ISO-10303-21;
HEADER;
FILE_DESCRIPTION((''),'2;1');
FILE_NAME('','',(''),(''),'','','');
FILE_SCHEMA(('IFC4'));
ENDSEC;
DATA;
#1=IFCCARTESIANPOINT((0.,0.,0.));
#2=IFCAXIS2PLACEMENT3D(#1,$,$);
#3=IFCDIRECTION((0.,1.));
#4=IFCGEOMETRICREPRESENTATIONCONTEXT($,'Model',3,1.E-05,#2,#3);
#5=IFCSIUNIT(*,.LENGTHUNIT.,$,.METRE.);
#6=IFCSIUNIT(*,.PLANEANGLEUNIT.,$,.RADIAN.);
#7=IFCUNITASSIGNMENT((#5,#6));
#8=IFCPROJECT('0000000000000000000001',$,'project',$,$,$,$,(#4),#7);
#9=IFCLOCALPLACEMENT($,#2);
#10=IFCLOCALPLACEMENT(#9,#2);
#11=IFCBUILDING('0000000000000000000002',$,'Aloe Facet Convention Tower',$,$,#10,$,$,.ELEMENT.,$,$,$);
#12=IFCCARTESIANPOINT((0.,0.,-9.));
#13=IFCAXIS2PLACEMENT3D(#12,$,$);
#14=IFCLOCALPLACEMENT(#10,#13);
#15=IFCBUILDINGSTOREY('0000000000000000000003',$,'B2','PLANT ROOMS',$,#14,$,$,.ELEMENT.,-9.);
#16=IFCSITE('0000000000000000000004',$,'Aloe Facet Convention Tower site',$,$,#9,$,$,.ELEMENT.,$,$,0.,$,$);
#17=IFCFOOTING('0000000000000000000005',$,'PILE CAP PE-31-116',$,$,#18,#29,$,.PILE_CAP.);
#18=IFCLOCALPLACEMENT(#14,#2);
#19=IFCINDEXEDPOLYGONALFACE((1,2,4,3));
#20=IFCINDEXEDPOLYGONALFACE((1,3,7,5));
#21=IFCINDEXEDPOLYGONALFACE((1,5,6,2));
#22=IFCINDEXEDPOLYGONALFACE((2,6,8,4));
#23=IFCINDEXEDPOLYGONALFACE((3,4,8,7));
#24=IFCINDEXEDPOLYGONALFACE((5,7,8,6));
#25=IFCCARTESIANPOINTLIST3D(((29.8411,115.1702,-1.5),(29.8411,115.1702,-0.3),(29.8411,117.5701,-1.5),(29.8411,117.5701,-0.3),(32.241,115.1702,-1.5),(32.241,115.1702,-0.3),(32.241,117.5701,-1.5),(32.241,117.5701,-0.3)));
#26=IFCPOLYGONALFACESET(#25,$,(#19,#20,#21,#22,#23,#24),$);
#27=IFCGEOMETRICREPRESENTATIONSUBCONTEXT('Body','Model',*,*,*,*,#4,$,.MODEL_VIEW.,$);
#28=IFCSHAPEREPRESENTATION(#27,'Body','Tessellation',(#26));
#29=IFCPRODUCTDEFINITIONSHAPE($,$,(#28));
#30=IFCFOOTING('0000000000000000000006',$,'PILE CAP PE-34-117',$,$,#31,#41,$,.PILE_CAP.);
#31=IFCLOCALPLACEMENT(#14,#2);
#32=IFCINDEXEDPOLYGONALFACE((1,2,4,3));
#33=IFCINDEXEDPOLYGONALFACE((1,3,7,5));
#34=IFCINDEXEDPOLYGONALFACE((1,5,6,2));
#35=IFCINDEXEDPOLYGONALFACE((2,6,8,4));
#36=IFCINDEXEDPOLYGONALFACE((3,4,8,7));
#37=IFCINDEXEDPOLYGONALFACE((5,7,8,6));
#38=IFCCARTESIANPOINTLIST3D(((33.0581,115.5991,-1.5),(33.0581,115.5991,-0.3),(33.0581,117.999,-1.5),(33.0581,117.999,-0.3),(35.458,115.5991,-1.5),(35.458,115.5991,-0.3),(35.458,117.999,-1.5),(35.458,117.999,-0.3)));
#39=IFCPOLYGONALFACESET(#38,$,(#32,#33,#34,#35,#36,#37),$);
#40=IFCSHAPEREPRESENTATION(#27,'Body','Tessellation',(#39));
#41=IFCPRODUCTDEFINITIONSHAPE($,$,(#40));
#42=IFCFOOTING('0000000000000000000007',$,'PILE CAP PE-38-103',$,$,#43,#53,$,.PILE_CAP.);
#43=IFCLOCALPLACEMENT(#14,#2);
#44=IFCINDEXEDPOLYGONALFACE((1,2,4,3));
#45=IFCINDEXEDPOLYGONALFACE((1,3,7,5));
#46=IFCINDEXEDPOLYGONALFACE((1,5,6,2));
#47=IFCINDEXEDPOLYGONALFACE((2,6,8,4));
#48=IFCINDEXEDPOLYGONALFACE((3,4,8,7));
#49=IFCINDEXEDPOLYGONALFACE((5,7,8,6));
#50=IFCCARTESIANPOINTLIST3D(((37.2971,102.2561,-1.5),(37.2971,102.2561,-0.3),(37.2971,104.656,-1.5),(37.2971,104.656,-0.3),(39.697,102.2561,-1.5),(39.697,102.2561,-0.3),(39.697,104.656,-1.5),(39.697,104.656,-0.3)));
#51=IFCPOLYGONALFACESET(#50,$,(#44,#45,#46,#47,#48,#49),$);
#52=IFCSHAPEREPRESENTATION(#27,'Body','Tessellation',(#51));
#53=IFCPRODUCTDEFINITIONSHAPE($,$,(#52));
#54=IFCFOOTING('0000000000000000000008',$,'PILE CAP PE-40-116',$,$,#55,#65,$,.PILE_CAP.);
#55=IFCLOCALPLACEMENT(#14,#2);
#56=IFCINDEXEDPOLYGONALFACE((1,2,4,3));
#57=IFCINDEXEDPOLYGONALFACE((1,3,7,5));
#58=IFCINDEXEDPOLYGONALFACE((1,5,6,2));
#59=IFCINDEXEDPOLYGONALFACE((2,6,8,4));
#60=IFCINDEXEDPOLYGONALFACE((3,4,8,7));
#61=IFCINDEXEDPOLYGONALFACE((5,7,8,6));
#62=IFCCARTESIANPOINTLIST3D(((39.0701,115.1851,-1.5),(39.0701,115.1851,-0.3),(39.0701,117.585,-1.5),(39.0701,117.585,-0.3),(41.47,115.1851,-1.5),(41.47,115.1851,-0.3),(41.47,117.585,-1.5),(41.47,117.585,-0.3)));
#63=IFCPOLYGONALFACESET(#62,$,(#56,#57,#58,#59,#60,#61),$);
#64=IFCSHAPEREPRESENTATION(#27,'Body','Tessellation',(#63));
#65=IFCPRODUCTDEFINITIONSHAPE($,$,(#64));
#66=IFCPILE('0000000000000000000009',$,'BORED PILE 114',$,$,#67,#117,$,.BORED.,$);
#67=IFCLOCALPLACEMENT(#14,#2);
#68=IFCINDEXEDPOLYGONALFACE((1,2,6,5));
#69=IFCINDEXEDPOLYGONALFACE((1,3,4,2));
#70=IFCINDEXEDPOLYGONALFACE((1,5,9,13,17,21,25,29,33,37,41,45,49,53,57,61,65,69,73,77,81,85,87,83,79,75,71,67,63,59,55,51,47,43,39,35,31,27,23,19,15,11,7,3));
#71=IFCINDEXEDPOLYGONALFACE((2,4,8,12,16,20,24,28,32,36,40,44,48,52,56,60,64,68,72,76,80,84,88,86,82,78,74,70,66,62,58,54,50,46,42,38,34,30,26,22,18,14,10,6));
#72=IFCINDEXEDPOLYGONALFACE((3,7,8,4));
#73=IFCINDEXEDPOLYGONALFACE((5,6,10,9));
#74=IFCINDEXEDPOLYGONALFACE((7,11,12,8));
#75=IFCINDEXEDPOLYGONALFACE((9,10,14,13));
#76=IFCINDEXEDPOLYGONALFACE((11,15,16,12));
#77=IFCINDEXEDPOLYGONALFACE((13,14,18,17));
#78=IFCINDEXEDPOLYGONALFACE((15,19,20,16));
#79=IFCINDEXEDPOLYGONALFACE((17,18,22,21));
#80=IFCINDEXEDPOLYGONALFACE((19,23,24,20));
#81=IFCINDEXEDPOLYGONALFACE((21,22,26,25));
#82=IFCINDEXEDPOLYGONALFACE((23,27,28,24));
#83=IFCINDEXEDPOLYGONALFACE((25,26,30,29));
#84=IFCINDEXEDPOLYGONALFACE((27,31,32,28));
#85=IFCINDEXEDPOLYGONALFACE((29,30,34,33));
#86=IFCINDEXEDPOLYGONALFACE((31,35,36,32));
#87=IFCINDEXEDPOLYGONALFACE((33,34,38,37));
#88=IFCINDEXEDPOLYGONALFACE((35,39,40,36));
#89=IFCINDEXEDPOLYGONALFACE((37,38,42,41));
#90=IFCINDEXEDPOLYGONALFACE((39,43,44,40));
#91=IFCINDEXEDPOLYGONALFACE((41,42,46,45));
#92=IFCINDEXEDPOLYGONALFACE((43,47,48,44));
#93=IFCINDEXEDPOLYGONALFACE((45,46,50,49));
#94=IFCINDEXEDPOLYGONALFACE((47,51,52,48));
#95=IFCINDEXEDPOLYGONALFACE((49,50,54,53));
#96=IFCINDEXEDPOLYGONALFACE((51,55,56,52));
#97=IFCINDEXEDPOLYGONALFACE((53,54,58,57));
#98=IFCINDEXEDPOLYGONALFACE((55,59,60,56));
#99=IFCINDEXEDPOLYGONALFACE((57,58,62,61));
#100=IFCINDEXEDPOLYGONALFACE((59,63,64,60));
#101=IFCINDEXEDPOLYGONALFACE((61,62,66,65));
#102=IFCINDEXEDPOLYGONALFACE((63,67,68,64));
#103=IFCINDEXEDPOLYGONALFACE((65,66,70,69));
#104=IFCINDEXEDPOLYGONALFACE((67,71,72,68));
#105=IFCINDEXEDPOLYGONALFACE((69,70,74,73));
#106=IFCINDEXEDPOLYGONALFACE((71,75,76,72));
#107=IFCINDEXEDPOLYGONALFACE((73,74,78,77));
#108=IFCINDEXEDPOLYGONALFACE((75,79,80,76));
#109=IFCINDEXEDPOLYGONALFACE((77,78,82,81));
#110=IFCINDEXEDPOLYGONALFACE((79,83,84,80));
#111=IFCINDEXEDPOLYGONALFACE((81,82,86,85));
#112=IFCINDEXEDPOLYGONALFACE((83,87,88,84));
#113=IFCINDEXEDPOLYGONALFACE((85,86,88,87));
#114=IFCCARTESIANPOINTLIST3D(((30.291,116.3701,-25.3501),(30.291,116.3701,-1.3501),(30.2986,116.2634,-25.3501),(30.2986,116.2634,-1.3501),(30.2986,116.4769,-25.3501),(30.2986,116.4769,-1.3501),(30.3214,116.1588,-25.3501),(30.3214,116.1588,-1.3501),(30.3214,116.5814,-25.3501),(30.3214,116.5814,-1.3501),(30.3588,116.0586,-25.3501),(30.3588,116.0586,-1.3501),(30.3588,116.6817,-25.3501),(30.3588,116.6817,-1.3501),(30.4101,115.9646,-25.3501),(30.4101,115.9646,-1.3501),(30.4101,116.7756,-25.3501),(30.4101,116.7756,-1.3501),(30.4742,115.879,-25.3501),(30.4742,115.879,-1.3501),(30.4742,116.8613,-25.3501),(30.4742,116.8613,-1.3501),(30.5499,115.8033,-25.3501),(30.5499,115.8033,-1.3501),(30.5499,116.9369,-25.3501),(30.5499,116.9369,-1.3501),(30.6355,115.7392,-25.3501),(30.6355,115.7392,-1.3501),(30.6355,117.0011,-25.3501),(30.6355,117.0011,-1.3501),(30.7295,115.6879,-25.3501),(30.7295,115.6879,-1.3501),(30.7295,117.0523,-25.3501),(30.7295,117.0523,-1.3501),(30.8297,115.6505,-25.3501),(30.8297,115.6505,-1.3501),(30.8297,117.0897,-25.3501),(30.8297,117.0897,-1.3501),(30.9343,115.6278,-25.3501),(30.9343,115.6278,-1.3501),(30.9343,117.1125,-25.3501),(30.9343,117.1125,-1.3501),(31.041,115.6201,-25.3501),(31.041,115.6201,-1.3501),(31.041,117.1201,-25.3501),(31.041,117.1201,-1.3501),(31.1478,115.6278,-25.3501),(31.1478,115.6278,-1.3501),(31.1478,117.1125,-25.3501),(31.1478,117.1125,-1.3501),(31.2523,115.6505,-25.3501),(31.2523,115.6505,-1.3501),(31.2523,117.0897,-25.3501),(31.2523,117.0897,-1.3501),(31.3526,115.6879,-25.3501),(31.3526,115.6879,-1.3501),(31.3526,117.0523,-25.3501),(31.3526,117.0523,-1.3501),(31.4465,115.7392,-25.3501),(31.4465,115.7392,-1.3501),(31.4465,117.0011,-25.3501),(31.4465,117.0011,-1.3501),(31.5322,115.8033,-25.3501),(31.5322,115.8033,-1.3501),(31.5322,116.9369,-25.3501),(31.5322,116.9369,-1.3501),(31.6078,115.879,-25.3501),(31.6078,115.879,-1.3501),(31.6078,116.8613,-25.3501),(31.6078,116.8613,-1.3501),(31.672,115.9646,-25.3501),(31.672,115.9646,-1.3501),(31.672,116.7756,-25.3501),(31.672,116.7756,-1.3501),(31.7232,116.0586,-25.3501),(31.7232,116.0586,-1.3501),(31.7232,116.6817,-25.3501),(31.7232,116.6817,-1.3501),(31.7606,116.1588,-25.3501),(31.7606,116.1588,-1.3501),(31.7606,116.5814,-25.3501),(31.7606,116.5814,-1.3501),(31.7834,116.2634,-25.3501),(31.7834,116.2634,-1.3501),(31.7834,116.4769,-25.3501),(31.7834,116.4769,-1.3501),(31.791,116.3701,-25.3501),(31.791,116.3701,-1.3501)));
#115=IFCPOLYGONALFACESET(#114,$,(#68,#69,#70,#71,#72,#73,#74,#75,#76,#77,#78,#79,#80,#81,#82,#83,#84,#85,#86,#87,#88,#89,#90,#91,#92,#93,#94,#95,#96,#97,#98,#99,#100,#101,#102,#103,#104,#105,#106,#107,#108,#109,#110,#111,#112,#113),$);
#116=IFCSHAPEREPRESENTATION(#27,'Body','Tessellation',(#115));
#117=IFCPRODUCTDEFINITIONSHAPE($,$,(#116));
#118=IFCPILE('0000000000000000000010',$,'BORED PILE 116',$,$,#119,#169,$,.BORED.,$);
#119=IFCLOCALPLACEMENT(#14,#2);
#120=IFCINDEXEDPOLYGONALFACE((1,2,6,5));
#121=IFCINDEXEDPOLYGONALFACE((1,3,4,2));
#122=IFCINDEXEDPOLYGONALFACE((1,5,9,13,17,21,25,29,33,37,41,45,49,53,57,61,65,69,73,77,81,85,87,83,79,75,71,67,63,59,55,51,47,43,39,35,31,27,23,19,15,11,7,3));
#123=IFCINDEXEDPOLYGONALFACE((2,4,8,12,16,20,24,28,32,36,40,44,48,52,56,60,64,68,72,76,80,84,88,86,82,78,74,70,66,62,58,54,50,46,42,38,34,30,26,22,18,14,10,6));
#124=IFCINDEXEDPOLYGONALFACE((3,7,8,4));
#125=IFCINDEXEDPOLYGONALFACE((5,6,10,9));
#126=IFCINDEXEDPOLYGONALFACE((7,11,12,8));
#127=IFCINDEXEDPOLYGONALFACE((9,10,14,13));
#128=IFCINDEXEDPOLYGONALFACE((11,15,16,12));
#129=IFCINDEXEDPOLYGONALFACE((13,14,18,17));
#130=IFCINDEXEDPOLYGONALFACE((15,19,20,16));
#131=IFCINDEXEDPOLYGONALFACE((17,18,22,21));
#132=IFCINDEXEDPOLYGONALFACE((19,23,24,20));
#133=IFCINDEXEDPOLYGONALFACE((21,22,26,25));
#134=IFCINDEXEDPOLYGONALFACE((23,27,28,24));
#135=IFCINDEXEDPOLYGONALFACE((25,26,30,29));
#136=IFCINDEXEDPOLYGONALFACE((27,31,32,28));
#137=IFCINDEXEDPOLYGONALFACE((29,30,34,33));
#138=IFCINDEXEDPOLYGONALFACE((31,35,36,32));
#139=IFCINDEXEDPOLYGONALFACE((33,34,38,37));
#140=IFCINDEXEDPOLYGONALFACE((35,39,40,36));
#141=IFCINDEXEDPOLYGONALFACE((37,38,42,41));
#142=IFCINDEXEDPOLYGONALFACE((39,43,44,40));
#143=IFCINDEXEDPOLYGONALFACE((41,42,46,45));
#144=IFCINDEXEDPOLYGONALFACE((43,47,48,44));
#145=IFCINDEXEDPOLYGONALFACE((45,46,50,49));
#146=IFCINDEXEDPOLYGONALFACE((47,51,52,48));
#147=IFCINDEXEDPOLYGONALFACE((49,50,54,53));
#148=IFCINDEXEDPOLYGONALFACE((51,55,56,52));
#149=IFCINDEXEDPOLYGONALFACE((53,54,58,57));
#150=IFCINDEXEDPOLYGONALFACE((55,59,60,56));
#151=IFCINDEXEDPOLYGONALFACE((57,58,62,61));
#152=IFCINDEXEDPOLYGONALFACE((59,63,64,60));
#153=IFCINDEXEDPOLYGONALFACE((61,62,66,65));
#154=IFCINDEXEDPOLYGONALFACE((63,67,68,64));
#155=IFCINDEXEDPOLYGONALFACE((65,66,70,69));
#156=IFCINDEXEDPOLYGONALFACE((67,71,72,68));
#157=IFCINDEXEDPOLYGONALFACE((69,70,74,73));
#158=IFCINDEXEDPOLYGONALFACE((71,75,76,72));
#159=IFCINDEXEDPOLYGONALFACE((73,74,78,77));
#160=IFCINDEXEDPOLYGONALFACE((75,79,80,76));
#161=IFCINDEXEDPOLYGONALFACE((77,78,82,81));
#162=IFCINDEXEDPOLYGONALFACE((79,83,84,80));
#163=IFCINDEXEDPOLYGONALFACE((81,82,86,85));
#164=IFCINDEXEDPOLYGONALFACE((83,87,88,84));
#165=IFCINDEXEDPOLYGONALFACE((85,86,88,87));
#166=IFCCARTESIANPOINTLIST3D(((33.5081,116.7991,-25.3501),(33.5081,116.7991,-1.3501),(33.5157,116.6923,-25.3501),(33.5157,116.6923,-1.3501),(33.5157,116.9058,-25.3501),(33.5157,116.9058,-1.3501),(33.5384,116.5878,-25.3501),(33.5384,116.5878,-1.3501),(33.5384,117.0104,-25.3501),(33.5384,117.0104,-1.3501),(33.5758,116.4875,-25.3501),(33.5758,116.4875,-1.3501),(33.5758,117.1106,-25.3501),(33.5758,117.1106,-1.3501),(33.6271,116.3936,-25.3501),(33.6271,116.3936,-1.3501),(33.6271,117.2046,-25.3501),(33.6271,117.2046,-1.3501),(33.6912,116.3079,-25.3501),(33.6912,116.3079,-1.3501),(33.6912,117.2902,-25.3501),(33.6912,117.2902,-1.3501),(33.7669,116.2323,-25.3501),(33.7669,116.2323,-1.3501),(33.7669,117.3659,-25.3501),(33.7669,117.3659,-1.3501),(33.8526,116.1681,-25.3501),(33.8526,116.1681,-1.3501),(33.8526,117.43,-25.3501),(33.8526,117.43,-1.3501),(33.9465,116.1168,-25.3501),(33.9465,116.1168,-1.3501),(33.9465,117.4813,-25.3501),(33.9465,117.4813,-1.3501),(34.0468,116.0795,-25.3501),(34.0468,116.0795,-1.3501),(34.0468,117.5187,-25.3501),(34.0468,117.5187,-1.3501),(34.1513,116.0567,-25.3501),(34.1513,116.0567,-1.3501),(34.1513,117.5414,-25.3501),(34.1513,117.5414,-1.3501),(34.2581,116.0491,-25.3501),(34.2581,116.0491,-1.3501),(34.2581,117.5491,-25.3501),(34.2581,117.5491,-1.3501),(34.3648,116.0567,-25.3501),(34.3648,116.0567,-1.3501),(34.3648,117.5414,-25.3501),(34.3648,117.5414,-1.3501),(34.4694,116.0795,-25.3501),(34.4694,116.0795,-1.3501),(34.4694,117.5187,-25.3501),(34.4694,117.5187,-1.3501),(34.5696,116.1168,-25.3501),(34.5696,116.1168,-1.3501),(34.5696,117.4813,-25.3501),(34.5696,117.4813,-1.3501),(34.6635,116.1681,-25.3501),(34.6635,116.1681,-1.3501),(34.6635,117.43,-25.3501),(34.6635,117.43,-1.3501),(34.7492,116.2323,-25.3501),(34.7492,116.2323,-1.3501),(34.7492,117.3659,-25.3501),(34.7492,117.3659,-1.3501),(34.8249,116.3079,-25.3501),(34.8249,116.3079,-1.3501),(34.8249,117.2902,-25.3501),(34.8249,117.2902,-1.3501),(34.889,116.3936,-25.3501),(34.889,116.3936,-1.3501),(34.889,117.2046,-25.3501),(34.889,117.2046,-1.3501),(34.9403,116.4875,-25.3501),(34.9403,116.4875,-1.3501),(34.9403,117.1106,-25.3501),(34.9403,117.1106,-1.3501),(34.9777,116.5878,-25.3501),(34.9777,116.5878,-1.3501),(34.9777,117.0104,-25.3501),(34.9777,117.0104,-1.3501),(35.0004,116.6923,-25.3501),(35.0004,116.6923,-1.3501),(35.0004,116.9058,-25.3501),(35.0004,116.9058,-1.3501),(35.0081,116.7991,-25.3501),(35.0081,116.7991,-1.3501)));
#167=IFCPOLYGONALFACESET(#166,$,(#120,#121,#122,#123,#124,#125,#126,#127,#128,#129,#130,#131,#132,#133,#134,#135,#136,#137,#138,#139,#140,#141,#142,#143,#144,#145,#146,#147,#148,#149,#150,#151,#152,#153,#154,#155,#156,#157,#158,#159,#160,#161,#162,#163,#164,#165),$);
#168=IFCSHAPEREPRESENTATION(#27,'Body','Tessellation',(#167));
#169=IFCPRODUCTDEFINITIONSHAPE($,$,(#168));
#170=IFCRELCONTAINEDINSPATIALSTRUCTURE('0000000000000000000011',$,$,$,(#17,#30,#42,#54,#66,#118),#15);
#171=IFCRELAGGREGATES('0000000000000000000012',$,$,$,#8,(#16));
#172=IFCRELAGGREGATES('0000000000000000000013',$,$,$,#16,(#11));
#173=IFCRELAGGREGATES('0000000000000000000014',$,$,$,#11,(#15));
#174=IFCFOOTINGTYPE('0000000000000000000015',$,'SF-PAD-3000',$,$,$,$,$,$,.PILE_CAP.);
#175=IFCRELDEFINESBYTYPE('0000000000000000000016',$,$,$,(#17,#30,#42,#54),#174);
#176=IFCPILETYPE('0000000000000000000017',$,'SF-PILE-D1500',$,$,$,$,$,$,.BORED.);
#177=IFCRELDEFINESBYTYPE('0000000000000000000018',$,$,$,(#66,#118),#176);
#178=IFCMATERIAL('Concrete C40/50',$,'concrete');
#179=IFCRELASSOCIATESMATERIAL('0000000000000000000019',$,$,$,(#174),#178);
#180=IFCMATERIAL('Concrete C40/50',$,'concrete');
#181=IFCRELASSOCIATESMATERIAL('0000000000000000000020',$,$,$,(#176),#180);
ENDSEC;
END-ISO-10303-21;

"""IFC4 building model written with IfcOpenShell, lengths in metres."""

from ifc_helpers import new_model, si_unit, direction, frame, origin, origin_2d, place, context, subcontext, project, spatial, rectangle, circle, extrude, material, material_profile, profile_set, type_object, element, save


model = new_model("IFC4")

# Units and contexts
model_context = context("Model", 3, precision=1e-05, world=origin(), true_north=direction((0.0, 1.0)))
body_context = subcontext(model_context, "Body", "Model", "MODEL_VIEW")
ifc_project = project(units=[si_unit("LENGTHUNIT", "METRE"), si_unit("PLANEANGLEUNIT", "RADIAN")], contexts=[model_context])

# Site, building, storey
site_placement = place(None, origin())
site = spatial("IfcSite", under=ifc_project, at=site_placement, Name="Aloe Facet Convention Tower site", CompositionType="ELEMENT", RefElevation=0.0)
building_placement = place(site_placement, origin())
building = spatial("IfcBuilding", under=site, at=building_placement, Name="Aloe Facet Convention Tower", CompositionType="ELEMENT")
storey_placement = place(building_placement, frame((0.0, 0.0, -9.0)))
storey = spatial("IfcBuildingStorey", under=building, at=storey_placement, Name="B2", Description="PLANT ROOMS", CompositionType="ELEMENT", Elevation=-9.0)

# Footings
ifc_material_1 = material(Name="Concrete C40/50", Category="concrete")
footing_type = type_object("IfcFootingType", Name="SF-PAD-3000", PredefinedType="PILE_CAP", material=ifc_material_1)
for number, where, z_axis, x_axis, name in (
    (1, (31.041, 116.3701, -1.5), (0.0, 0.0, 1.0), (1.0, 0.0, 0.0), "PILE CAP PE-31-116"),
    (2, (34.2581, 116.7991, -1.5), (0.0, 0.0, 1.0), (1.0, 0.0, 0.0), "PILE CAP PE-34-117"),
    (3, (38.4971, 103.4561, -1.5), (0.0, 0.0, 1.0), (1.0, 0.0, 0.0), "PILE CAP PE-38-103"),
    (4, (40.27, 116.385, -1.5), (0.0, 0.0, 1.0), (1.0, 0.0, 0.0), "PILE CAP PE-40-116"),
):
    element("IfcFooting", number, at=place(storey_placement, frame(where, z_axis=z_axis, x_axis=x_axis)), inside=storey, type_object=footing_type, Name=name, PredefinedType="PILE_CAP", context=body_context, shape_type="SweptSolid", body=[
        extrude(rectangle(XDim=2.3999, YDim=2.3999, at=origin_2d()), origin(), (0.0, 0.0, 1.0), 1.2),
    ])

# Piles
ifc_material_2 = material(Name="Concrete C40/50", Category="concrete")
ifc_material_profile_1 = material_profile(ifc_material_2, circle(Radius=0.75, at=origin_2d()), Name="D1500")
ifc_profile_set_1 = profile_set([ifc_material_profile_1], Name="Concrete C40/50")
pile_type = type_object("IfcPileType", Name="SF-PILE-D1500", PredefinedType="BORED", material=ifc_profile_set_1)
for number, where, z_axis, x_axis, name in (
    (5, (31.041, 116.3701, -1.3501), (0.0, 0.0, -1.0), (1.0, 0.0, 0.0), "BORED PILE 114"),
    (6, (34.2581, 116.7991, -1.3501), (0.0, 0.0, -1.0), (1.0, 0.0, 0.0), "BORED PILE 116"),
):
    element("IfcPile", number, at=place(storey_placement, frame(where, z_axis=z_axis, x_axis=x_axis)), inside=storey, type_object=pile_type, Name=name, PredefinedType="BORED", context=body_context, shape_type="SweptSolid", body=[
        extrude(circle(Radius=0.75, at=origin_2d()), origin(), (0.0, 0.0, 1.0), 24.0),
    ])

save(model, "model.ifc")
